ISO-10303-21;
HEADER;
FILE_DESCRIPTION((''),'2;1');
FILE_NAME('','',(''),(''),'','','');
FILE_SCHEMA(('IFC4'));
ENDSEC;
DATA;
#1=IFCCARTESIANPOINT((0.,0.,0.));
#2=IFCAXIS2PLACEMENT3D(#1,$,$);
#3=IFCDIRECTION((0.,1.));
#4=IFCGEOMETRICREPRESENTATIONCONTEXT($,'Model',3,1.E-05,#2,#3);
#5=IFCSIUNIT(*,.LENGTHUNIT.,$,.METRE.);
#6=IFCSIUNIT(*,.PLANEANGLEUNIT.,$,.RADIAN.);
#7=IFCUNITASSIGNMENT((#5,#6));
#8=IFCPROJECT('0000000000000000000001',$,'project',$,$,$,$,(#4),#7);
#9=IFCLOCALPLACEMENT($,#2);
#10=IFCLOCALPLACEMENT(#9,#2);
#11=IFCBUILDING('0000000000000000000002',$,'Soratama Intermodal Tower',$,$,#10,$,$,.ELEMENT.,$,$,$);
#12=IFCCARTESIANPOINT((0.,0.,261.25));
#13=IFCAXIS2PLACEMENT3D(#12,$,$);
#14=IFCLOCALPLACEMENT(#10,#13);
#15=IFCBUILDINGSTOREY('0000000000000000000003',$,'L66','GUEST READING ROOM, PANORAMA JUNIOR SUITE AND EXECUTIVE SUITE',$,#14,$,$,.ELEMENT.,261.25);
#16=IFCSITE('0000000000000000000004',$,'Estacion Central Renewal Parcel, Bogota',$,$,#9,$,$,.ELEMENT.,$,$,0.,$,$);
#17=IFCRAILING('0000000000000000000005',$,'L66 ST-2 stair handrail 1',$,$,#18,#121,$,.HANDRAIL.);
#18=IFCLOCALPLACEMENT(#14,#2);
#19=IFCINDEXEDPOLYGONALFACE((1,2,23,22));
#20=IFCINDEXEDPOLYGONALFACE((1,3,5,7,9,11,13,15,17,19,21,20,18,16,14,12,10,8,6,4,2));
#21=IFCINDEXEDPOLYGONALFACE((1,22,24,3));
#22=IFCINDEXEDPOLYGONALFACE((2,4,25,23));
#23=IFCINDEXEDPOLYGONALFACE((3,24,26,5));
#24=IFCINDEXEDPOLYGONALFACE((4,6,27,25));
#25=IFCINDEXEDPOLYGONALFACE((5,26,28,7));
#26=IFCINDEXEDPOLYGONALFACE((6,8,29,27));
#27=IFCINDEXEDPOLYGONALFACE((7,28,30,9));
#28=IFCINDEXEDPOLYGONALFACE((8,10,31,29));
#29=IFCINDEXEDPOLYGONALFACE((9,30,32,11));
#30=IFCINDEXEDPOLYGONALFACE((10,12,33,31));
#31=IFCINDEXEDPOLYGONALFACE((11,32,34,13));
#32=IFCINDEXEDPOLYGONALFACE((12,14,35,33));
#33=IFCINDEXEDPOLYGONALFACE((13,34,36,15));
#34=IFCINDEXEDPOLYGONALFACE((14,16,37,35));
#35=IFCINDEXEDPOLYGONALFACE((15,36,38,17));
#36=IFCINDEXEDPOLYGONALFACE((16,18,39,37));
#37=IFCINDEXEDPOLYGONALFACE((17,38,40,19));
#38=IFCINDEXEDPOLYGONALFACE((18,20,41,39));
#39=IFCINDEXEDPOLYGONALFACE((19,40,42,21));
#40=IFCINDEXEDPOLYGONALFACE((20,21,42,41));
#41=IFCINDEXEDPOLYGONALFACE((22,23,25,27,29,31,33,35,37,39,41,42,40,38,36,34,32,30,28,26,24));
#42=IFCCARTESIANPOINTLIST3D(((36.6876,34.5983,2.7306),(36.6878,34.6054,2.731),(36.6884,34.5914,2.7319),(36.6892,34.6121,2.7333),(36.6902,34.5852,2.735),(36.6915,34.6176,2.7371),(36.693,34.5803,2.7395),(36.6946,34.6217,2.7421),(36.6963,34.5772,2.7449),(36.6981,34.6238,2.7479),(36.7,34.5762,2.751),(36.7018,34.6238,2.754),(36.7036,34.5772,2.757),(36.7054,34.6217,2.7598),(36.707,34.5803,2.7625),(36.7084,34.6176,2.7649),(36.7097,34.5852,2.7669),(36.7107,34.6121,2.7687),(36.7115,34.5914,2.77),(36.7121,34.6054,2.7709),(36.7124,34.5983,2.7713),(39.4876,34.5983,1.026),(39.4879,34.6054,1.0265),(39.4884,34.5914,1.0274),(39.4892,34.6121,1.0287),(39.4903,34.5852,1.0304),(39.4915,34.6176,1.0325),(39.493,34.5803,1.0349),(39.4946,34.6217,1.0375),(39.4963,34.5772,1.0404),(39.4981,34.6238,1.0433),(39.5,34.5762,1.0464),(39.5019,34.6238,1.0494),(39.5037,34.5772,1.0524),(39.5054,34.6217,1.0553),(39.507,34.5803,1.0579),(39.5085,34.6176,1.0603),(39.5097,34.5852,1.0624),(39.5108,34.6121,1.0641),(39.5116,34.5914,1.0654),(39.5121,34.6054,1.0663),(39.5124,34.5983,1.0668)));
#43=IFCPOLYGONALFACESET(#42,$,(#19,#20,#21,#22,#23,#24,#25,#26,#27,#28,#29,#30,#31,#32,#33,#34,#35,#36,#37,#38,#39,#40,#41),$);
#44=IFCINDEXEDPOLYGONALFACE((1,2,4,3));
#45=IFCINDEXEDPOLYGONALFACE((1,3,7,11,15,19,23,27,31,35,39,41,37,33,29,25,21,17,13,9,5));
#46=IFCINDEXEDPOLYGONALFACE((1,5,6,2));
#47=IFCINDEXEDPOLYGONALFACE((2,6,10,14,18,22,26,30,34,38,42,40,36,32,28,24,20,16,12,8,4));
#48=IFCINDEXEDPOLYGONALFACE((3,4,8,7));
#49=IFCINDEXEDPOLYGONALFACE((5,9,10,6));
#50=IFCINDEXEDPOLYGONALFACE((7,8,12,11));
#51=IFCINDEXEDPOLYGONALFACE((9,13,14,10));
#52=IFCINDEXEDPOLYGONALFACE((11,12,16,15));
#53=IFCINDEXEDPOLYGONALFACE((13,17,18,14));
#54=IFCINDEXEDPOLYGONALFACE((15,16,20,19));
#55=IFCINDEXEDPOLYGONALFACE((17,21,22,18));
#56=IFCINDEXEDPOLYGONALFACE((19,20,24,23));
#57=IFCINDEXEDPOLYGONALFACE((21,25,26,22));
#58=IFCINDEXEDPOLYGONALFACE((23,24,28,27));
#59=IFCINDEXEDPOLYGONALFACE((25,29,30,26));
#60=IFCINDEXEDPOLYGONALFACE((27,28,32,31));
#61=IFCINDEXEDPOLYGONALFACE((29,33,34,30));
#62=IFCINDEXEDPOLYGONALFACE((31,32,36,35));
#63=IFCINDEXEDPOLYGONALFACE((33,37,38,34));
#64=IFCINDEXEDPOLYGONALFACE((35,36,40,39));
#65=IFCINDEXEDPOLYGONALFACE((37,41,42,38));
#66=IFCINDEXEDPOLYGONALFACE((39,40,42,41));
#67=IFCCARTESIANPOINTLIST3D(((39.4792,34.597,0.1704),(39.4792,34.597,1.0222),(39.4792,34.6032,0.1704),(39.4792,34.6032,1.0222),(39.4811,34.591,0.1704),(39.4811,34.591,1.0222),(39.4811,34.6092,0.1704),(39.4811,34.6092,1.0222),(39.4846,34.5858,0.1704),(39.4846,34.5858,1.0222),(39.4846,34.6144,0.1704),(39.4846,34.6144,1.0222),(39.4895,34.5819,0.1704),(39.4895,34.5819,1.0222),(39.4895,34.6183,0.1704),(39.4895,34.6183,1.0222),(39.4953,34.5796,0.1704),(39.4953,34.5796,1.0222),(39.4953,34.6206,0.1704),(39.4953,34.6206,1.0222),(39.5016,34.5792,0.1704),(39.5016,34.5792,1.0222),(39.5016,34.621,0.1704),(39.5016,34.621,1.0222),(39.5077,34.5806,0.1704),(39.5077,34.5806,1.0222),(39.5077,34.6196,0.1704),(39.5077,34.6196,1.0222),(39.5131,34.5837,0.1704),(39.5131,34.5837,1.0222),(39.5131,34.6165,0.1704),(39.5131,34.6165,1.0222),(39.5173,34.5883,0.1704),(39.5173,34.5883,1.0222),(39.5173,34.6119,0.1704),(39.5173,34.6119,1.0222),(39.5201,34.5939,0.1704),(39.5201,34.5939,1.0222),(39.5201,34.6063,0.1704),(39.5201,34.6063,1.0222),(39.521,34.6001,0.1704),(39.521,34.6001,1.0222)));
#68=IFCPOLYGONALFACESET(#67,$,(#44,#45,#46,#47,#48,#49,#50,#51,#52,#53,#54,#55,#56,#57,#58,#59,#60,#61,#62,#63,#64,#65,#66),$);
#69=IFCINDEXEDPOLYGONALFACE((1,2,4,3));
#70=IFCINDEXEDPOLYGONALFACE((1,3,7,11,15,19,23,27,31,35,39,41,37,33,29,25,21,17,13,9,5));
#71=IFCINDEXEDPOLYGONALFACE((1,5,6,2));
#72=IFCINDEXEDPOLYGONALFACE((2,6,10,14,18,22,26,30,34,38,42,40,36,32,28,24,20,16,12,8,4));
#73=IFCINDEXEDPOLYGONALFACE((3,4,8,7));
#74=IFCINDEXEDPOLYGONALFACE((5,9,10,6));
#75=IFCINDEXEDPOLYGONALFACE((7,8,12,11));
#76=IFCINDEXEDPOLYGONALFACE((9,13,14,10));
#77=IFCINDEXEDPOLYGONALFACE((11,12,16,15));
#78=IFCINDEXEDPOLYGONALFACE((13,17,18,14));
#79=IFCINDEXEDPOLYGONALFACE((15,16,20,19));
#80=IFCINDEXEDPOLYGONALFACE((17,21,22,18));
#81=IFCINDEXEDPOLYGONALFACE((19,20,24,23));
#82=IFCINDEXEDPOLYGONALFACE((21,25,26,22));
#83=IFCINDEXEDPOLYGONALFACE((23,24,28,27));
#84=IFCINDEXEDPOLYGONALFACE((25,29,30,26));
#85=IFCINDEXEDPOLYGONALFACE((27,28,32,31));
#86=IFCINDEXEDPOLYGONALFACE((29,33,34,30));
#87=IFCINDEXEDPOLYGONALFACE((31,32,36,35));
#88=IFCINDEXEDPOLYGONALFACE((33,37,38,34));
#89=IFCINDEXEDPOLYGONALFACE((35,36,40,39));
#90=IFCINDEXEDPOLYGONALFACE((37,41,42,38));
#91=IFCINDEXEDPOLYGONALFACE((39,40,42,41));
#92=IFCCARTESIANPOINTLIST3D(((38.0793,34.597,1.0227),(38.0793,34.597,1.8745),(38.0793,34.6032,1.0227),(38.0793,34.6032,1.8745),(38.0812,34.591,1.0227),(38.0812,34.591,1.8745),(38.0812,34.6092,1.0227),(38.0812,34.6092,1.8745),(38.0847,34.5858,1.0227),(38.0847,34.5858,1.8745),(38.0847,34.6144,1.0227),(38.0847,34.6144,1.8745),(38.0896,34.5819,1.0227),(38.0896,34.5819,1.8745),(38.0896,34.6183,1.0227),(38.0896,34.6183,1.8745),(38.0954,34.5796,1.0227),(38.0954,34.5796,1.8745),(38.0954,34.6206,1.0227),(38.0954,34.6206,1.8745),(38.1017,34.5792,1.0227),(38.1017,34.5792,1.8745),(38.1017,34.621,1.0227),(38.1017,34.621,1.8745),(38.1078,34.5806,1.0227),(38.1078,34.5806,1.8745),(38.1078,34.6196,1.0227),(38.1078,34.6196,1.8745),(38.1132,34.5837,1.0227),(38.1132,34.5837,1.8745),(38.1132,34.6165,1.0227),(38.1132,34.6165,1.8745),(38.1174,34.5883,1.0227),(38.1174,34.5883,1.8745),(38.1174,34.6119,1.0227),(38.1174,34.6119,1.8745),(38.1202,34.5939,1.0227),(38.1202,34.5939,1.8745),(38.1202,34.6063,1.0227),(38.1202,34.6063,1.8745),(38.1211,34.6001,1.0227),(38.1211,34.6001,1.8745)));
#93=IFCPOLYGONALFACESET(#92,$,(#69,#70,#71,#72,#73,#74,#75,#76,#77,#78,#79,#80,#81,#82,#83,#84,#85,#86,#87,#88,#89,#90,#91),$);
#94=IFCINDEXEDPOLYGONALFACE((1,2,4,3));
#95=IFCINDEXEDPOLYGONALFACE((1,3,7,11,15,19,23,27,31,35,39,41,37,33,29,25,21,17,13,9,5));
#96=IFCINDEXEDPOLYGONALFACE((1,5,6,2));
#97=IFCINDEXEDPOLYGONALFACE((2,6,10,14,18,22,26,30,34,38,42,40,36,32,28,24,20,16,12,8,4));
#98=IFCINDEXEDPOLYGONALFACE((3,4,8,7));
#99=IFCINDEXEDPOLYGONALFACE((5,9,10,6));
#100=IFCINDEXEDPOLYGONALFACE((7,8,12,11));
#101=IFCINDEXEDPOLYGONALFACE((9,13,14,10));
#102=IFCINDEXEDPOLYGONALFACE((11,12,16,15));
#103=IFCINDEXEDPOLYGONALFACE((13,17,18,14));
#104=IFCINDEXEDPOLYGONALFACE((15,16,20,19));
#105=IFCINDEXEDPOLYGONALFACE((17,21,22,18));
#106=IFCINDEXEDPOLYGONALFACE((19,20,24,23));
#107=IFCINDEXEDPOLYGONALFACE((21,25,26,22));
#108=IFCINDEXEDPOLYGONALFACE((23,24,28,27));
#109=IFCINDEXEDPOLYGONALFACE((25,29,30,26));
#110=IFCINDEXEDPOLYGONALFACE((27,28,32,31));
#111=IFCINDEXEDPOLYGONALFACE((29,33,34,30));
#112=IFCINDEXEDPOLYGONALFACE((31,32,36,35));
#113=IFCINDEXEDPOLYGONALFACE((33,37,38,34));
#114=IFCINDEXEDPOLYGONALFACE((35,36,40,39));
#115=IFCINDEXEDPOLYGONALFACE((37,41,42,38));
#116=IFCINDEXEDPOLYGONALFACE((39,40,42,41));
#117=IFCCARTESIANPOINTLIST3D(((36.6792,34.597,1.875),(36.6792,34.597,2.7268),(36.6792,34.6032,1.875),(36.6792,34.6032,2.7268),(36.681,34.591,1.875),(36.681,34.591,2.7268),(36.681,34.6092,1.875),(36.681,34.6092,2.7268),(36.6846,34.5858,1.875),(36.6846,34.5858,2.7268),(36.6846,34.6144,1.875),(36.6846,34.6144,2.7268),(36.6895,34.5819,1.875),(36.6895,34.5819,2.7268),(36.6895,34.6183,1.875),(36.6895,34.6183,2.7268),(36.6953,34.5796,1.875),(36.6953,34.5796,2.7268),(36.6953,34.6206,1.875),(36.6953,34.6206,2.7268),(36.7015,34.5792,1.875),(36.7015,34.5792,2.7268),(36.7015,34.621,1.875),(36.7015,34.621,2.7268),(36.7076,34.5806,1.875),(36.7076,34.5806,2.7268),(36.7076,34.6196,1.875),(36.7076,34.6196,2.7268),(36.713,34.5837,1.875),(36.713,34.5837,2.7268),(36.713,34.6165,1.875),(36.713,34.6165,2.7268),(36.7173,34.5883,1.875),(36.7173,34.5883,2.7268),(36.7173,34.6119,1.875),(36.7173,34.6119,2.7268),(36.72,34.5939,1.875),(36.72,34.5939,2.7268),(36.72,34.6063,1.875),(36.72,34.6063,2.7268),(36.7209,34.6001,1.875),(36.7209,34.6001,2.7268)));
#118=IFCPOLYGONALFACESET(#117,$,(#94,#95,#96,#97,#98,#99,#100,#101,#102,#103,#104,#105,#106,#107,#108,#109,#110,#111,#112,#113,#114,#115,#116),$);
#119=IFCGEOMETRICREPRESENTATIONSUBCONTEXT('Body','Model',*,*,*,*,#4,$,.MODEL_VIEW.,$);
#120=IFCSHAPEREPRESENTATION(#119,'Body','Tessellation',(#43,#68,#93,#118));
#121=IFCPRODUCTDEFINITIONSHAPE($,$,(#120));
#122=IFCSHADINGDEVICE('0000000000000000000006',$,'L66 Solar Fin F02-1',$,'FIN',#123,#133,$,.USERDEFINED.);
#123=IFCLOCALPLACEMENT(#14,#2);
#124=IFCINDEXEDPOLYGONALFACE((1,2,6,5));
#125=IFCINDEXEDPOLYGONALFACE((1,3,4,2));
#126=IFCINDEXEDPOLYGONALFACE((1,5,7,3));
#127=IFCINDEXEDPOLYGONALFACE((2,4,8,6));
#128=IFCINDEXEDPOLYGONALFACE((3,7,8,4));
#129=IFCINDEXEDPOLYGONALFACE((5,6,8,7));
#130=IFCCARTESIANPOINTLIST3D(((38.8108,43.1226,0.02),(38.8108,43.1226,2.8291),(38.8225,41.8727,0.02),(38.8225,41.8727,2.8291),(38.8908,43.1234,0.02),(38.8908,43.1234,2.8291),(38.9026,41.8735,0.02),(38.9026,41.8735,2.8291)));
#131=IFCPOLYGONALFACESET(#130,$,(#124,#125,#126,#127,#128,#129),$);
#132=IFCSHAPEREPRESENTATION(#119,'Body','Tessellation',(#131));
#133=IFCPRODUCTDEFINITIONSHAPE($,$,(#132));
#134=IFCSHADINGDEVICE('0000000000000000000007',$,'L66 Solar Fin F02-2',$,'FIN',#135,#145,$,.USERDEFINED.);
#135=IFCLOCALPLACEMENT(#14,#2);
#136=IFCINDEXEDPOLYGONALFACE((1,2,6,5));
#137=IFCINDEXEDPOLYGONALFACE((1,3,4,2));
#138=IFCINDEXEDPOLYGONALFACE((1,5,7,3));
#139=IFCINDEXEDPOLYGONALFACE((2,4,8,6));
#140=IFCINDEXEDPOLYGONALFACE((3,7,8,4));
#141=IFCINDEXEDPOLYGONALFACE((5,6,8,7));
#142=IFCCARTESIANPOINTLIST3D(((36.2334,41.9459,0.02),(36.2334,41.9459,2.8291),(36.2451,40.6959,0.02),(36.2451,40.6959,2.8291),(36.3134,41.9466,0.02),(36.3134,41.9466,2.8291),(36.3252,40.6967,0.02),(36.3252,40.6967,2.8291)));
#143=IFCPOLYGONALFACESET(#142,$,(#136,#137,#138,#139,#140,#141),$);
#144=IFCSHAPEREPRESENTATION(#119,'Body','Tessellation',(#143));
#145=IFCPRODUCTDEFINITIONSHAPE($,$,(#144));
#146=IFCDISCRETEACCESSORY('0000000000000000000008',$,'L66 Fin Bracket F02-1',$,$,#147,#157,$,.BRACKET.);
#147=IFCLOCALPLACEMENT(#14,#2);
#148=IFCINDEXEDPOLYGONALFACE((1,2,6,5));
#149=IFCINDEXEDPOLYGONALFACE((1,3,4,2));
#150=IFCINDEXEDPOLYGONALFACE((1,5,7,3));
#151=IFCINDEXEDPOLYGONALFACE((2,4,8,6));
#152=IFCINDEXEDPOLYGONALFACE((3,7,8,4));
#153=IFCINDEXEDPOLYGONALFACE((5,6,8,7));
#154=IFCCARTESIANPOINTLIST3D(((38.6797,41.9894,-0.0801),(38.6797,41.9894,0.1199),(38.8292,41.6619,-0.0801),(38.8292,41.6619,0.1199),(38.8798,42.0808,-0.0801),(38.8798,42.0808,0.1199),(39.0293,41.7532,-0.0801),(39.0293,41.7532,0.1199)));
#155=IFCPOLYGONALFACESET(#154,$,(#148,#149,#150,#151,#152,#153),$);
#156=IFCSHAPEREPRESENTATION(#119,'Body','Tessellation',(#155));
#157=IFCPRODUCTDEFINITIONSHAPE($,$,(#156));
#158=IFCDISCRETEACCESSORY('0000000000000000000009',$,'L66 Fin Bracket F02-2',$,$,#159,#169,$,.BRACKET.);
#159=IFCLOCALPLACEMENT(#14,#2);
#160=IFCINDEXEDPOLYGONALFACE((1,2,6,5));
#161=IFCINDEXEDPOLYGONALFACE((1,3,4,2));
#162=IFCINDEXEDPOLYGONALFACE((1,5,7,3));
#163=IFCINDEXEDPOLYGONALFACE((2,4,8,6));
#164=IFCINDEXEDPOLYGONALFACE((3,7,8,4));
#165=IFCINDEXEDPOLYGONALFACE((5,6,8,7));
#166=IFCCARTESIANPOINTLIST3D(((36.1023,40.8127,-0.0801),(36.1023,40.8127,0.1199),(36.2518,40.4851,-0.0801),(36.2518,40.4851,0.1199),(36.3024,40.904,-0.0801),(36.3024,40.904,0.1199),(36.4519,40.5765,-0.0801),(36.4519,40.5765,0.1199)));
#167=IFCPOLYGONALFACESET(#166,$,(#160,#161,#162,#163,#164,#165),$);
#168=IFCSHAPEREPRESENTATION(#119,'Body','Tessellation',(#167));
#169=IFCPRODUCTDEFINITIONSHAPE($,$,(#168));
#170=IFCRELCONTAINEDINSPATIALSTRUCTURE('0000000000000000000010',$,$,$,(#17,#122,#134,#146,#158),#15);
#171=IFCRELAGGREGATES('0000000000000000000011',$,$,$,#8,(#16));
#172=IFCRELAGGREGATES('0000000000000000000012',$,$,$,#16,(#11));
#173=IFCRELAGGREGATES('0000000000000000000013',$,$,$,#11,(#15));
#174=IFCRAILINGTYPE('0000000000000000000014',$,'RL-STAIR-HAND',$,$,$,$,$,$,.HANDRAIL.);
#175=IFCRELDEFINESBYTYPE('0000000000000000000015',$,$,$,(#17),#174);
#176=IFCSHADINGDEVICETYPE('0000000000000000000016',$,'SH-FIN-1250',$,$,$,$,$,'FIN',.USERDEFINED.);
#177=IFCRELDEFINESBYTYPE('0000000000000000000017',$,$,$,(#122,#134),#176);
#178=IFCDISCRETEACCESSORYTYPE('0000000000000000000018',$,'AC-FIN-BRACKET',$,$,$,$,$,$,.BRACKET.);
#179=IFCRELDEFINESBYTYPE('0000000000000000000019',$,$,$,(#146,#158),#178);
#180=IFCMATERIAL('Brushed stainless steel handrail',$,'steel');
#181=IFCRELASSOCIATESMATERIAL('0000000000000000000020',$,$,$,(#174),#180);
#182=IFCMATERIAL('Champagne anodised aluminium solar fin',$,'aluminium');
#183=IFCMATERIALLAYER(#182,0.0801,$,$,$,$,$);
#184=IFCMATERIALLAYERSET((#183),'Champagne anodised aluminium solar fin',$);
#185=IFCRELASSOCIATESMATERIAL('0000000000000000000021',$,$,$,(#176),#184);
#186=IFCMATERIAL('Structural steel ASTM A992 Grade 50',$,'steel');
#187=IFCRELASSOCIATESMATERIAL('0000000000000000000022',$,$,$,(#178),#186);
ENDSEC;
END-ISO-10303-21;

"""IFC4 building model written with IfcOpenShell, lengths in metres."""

from ifc_helpers import new_model, si_unit, direction, frame, origin, origin_2d, place, context, subcontext, project, spatial, rectangle, circle, extrude, material, layer, layer_set, type_object, element, save


model = new_model("IFC4")

# Units and contexts
model_context = context("Model", 3, precision=1e-05, world=origin(), true_north=direction((0.0, 1.0)))
body_context = subcontext(model_context, "Body", "Model", "MODEL_VIEW")
ifc_project = project(units=[si_unit("LENGTHUNIT", "METRE"), si_unit("PLANEANGLEUNIT", "RADIAN")], contexts=[model_context])

# Site, building, storey
site_placement = place(None, origin())
site = spatial("IfcSite", under=ifc_project, at=site_placement, Name="Estacion Central Renewal Parcel, Bogota", CompositionType="ELEMENT", RefElevation=0.0)
building_placement = place(site_placement, origin())
building = spatial("IfcBuilding", under=site, at=building_placement, Name="Soratama Intermodal Tower", CompositionType="ELEMENT")
storey_placement = place(building_placement, frame((0.0, 0.0, 261.25)))
storey = spatial("IfcBuildingStorey", under=building, at=storey_placement, Name="L66", Description="GUEST READING ROOM, PANORAMA JUNIOR SUITE AND EXECUTIVE SUITE", CompositionType="ELEMENT", Elevation=261.25)

# Railing
ifc_material_1 = material(Name="Brushed stainless steel handrail", Category="steel")
railing_type_1 = type_object("IfcRailingType", Name="RL-STAIR-HAND", PredefinedType="HANDRAIL", material=ifc_material_1)
railing_1_placement = place(storey_placement, frame((39.5, 34.6001, 0.1704)))
element("IfcRailing", 1, at=railing_1_placement, inside=storey, type_object=railing_type_1, Name="L66 ST-2 stair handrail 1", PredefinedType="HANDRAIL", context=body_context, shape_type="SweptSolid", body=[
    extrude(circle(Radius=0.0239, at=origin_2d()), frame((0.0, 0.0, 0.876), z_axis=(-0.85417, 0.0, 0.519994), x_axis=(0.0, -1.0, 0.0)), (0.0, 0.0, 1.0), 3.2781),
    extrude(circle(Radius=0.021, at=origin_2d()), origin(), (0.0, 0.0, 1.0), 0.8518),
    extrude(circle(Radius=0.021, at=origin_2d()), frame((-1.3999, 0.0, 0.8523)), (0.0, 0.0, 1.0), 0.8518),
    extrude(circle(Radius=0.021, at=origin_2d()), frame((-2.8, 0.0, 1.7046)), (0.0, 0.0, 1.0), 0.8518),
])

# Shading devices
ifc_material_2 = material(Name="Champagne anodised aluminium solar fin", Category="aluminium")
ifc_layer_1 = layer(ifc_material_2, 0.0801)
ifc_layer_set_1 = layer_set([ifc_layer_1], Name="Champagne anodised aluminium solar fin")
shading_device_type = type_object("IfcShadingDeviceType", Name="SH-FIN-1250", ElementType="FIN", PredefinedType="USERDEFINED", material=ifc_layer_set_1)
for number, where, z_axis, x_axis, name in (
    (2, (38.8567, 42.498, 0.02), (0.0, 0.0, 1.0), (-0.009425, 0.999956, 0.0), "L66 Solar Fin F02-1"),
    (3, (36.2793, 41.3213, 0.02), (0.0, 0.0, 1.0), (-0.009425, 0.999956, 0.0), "L66 Solar Fin F02-2"),
):
    element("IfcShadingDevice", number, at=place(storey_placement, frame(where, z_axis=z_axis, x_axis=x_axis)), inside=storey, type_object=shading_device_type, Name=name, ObjectType="FIN", PredefinedType="USERDEFINED", context=body_context, shape_type="SweptSolid", body=[
        extrude(rectangle(XDim=1.25, YDim=0.0801, at=origin_2d()), origin(), (0.0, 0.0, 1.0), 2.8091),
    ])

# Discrete accessories
ifc_material_3 = material(Name="Structural steel ASTM A992 Grade 50", Category="steel")
discrete_accessory_type = type_object("IfcDiscreteAccessoryType", Name="AC-FIN-BRACKET", PredefinedType="BRACKET", material=ifc_material_3)
for number, where, z_axis, x_axis, name in (
    (4, (38.8545, 41.8713, -0.0801), (0.0, 0.0, 1.0), (-0.415328, 0.909672, 0.0), "L66 Fin Bracket F02-1"),
    (5, (36.2771, 40.6946, -0.0801), (0.0, 0.0, 1.0), (-0.415328, 0.909672, 0.0), "L66 Fin Bracket F02-2"),
):
    element("IfcDiscreteAccessory", number, at=place(storey_placement, frame(where, z_axis=z_axis, x_axis=x_axis)), inside=storey, type_object=discrete_accessory_type, Name=name, PredefinedType="BRACKET", context=body_context, shape_type="SweptSolid", body=[
        extrude(rectangle(XDim=0.3601, YDim=0.22, at=origin_2d()), origin(), (0.0, 0.0, 1.0), 0.2),
    ])

save(model, "model.ifc")
